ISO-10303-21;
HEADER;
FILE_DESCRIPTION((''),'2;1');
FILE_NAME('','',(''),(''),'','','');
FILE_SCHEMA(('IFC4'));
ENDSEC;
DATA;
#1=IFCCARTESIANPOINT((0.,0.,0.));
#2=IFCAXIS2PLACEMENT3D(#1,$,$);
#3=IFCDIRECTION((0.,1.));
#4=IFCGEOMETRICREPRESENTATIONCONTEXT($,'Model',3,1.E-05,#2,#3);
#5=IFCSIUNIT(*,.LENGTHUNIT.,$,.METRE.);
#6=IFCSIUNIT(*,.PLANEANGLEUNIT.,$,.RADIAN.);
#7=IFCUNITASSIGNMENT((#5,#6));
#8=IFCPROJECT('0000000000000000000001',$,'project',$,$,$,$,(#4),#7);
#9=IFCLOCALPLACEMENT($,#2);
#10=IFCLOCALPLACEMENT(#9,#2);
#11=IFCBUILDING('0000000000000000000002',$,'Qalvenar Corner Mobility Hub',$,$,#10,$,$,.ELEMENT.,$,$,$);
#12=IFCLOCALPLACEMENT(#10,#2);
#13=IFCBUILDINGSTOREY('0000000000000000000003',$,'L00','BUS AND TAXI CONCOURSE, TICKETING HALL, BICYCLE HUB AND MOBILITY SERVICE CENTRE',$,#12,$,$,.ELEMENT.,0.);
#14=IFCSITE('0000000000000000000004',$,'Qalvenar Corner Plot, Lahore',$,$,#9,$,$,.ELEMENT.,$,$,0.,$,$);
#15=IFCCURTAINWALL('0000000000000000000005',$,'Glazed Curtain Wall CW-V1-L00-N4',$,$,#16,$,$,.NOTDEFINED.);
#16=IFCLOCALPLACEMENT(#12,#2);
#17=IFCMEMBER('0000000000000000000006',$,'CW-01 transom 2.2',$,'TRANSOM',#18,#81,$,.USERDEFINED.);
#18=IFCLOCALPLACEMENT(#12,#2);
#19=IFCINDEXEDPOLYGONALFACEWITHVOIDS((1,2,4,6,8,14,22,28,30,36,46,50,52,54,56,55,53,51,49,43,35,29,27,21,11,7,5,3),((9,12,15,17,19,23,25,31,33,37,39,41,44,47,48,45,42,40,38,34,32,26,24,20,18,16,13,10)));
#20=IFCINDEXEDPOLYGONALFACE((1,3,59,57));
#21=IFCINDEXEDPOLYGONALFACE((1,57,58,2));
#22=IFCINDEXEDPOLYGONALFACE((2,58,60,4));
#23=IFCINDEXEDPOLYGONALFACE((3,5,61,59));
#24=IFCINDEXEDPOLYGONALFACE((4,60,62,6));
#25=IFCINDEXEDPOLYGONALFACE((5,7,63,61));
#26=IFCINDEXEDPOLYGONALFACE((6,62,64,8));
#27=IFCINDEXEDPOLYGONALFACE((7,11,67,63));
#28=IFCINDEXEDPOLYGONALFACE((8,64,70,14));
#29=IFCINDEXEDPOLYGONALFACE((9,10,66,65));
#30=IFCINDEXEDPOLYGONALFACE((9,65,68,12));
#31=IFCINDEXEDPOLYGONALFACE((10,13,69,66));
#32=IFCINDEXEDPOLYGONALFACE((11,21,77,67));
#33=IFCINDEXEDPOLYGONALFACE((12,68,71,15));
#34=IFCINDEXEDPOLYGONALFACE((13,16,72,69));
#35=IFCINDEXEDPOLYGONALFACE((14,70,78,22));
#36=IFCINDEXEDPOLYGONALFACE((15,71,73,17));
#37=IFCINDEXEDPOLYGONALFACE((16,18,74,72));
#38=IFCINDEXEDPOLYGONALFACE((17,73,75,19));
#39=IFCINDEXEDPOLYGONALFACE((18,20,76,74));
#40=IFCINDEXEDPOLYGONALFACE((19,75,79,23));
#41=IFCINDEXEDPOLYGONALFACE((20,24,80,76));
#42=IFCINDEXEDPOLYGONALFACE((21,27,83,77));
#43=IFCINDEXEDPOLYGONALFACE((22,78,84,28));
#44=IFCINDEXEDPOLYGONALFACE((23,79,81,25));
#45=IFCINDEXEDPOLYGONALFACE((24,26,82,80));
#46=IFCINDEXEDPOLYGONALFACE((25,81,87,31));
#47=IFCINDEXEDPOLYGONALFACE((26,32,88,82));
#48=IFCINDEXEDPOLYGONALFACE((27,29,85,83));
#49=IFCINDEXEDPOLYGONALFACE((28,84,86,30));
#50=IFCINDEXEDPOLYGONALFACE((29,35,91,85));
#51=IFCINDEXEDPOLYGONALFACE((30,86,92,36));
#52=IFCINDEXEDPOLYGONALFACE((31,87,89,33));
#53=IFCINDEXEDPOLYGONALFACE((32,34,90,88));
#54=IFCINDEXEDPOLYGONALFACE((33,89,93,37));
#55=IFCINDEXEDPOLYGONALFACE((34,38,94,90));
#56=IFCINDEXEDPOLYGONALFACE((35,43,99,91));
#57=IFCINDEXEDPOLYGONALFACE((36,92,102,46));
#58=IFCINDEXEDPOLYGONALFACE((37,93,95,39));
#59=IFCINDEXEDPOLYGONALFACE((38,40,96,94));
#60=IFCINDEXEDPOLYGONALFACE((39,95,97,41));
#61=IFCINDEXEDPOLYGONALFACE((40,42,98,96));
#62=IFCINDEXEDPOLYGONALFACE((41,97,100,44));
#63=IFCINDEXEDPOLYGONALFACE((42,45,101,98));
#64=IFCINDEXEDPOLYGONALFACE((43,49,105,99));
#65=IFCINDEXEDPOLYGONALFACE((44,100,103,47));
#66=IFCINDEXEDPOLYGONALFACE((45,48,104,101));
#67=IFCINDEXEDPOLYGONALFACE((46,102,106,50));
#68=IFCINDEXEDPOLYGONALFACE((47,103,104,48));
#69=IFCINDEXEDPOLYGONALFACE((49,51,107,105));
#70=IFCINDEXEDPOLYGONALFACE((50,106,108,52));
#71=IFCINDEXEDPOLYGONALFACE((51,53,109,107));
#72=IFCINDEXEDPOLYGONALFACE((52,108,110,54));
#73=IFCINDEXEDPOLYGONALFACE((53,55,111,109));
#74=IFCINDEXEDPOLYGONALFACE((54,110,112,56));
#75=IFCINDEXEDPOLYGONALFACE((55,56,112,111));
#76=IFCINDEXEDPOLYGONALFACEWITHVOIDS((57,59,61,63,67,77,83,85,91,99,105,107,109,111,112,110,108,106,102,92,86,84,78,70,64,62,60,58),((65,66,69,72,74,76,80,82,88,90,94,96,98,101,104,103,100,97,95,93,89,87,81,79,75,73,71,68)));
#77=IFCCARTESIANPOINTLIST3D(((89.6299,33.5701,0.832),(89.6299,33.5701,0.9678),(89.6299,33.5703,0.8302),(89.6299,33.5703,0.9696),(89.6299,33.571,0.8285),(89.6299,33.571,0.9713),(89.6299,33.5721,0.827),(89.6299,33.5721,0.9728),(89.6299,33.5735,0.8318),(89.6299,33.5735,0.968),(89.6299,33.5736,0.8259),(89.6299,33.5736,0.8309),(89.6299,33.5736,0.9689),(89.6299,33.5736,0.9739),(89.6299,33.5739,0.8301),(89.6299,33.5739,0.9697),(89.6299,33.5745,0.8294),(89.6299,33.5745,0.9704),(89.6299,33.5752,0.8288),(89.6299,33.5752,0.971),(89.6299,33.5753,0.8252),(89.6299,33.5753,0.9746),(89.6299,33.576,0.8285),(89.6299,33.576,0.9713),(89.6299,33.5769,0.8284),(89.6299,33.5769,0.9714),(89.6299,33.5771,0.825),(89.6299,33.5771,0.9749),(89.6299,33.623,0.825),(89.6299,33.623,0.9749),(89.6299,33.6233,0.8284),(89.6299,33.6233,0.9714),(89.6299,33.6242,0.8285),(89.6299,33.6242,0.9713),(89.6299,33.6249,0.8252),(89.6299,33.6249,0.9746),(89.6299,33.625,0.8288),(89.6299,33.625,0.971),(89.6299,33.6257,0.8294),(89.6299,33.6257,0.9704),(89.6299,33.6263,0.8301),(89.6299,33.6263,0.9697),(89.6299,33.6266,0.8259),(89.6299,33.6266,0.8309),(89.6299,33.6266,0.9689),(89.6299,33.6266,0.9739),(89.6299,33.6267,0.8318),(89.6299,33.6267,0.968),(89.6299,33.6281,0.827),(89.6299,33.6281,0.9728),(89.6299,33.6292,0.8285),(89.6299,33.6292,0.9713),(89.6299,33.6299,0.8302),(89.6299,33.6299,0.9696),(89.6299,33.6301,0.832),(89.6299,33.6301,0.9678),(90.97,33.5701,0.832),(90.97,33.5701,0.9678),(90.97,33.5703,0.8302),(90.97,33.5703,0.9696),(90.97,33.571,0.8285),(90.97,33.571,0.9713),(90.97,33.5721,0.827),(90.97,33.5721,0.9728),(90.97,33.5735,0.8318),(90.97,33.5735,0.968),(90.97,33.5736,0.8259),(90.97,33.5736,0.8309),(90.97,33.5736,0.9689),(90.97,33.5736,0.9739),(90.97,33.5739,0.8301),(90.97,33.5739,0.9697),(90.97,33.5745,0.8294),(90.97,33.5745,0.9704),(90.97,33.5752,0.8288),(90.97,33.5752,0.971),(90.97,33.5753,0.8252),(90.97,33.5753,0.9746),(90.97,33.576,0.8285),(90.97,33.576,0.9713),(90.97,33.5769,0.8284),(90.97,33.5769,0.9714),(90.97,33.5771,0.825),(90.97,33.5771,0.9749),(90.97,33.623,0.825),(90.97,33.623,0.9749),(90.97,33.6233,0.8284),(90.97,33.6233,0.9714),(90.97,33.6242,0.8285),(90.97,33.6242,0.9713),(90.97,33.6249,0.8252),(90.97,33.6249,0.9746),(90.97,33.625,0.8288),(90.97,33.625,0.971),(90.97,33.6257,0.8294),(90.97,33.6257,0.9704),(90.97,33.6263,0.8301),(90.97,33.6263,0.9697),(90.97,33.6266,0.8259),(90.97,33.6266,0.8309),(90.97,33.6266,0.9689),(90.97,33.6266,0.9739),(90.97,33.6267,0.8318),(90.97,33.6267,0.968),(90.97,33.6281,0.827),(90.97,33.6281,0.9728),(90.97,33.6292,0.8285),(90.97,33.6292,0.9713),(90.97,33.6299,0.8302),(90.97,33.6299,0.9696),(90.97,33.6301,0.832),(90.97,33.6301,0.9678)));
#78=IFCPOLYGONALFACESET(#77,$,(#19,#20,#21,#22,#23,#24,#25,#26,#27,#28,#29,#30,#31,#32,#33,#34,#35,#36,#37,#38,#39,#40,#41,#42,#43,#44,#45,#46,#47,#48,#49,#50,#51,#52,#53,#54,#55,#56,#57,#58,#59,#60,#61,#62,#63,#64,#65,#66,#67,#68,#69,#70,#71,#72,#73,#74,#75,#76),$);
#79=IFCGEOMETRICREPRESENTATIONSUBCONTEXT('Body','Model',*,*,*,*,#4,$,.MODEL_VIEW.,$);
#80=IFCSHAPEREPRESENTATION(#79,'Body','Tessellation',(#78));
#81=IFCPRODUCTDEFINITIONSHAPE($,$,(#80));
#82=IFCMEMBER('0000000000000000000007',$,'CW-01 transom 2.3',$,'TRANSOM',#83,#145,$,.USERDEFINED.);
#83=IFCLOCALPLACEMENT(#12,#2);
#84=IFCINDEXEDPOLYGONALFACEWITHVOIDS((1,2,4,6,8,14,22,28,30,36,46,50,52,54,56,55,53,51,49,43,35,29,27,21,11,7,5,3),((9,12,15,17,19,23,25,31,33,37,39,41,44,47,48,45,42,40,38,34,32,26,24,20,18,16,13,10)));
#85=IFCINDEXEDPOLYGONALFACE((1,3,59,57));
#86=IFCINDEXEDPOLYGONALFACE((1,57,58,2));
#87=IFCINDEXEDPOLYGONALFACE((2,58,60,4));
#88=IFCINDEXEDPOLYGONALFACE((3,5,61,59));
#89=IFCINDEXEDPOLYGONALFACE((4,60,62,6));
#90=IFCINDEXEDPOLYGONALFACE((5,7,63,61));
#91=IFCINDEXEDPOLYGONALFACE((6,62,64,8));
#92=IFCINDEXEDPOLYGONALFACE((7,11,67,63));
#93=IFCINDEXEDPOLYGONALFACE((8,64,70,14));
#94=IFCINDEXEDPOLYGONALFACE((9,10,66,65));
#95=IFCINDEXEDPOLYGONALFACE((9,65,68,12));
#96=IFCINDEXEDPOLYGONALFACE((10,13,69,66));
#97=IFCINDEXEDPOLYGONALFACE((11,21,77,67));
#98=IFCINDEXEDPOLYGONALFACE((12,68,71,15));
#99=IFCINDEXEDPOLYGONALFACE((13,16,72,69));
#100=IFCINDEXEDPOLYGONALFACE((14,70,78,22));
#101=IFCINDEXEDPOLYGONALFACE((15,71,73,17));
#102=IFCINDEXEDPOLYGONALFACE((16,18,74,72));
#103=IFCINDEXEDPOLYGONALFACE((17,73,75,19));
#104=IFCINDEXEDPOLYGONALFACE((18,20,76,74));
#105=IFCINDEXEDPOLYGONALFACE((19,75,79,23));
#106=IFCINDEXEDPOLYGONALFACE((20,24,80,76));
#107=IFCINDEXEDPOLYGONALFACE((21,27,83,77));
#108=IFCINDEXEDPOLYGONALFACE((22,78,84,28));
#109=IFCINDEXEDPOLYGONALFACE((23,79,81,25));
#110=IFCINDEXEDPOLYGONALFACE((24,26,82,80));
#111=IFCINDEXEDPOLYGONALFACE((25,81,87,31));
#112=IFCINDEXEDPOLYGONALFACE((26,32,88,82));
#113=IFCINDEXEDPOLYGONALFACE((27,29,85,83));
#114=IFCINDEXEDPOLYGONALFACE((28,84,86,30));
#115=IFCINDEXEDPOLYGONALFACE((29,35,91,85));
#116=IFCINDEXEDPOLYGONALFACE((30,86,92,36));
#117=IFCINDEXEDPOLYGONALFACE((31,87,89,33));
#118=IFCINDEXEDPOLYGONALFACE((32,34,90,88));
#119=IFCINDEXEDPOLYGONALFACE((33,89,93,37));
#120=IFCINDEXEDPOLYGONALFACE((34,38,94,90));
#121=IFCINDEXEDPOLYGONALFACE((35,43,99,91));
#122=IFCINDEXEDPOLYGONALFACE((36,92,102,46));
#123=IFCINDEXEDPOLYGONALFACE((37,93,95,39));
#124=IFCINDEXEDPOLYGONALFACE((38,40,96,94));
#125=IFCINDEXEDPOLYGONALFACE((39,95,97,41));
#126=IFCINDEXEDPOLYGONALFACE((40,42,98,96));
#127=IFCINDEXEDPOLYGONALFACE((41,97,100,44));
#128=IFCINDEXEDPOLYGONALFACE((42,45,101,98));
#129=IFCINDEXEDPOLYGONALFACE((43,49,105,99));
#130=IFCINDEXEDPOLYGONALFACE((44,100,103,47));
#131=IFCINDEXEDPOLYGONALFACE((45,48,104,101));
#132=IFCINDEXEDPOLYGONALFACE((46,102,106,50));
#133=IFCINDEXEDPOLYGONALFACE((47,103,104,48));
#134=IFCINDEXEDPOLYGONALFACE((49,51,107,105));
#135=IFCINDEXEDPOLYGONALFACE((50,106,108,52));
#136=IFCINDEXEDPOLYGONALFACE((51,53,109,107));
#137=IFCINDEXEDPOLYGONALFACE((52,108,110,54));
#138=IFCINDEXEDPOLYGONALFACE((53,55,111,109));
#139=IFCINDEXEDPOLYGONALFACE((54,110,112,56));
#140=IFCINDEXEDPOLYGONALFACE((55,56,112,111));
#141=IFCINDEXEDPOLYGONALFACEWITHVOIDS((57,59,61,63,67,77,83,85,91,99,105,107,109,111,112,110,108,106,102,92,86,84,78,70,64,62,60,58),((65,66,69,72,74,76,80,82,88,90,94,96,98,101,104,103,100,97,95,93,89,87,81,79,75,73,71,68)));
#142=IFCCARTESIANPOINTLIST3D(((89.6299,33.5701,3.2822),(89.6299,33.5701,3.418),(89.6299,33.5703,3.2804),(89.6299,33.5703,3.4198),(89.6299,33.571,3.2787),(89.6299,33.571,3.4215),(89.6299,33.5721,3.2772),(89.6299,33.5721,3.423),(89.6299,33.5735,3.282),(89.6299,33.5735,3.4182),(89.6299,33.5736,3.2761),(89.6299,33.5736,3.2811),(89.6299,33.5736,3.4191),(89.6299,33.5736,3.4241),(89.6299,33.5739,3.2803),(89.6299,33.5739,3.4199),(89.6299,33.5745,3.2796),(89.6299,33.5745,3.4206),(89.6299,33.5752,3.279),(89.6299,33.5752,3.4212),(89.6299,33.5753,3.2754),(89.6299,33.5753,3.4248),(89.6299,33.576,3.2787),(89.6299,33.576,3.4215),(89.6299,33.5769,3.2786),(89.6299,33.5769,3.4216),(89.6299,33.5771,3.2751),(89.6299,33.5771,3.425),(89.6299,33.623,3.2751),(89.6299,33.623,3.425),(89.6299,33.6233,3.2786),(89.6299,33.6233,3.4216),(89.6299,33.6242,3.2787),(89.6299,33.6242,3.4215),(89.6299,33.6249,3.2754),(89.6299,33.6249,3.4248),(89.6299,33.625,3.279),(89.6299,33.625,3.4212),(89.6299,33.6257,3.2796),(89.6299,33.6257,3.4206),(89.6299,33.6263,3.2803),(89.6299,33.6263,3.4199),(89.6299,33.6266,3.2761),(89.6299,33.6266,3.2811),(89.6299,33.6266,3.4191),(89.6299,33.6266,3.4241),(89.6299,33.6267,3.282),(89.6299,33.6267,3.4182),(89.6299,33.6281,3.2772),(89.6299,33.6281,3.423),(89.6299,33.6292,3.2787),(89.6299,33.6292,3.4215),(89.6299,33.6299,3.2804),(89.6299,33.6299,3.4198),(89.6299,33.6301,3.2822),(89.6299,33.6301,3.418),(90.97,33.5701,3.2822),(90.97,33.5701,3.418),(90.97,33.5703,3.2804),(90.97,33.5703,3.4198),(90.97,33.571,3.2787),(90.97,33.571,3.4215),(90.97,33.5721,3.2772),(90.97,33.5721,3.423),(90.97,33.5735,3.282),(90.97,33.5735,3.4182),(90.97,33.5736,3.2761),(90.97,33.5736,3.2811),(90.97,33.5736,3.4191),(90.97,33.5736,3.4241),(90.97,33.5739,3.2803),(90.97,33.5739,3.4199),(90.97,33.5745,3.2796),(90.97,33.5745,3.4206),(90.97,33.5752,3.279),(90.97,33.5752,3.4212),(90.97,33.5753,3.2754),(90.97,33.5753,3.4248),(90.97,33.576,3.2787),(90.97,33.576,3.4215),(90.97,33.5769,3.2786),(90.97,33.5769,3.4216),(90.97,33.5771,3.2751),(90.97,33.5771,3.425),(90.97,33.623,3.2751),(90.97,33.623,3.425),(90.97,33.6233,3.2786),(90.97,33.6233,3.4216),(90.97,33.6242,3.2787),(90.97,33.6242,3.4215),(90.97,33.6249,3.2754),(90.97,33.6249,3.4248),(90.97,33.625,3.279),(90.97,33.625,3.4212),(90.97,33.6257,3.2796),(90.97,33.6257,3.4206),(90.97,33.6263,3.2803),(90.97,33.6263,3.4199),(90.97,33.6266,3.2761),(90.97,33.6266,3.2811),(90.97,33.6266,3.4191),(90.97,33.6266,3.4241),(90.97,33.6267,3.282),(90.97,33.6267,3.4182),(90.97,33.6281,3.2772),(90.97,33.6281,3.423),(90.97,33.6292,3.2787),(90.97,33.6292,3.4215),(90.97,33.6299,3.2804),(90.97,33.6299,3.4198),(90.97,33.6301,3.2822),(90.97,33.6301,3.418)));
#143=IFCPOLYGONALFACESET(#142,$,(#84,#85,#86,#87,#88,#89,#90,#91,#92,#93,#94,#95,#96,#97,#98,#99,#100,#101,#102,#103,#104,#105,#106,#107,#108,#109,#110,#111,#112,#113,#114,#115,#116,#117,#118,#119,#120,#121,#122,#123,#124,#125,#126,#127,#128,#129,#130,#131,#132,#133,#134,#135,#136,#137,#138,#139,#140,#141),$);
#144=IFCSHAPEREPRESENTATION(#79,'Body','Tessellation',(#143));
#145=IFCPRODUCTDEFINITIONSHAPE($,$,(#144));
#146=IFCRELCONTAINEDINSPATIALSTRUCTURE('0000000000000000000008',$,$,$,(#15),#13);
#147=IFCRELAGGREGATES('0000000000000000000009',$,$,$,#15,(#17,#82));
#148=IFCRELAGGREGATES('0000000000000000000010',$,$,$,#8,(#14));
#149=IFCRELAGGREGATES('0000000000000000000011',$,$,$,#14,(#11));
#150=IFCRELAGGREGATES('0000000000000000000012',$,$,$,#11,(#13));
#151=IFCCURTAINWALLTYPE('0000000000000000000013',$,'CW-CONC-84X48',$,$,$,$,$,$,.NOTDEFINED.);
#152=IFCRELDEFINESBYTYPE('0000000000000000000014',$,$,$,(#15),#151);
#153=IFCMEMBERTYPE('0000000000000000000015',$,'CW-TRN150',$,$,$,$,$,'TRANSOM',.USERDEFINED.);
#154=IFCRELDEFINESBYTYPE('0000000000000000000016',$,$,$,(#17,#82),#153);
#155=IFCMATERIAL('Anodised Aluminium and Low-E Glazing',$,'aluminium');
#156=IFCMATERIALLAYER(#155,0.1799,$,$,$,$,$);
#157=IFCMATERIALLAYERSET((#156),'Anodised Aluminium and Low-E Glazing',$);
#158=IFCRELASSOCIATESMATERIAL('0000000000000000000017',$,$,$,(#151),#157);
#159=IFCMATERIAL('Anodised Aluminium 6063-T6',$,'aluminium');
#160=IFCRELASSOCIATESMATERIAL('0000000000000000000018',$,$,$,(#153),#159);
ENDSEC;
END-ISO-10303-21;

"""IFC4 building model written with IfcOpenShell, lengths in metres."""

from ifc_helpers import new_model, si_unit, direction, frame, origin, origin_2d, place, context, subcontext, project, spatial, hollow_rectangle, extrude, material, layer, layer_set, material_profile, profile_set, type_object, element, aggregate, save


model = new_model("IFC4")

# Units and contexts
model_context = context("Model", 3, precision=1e-05, world=origin(), true_north=direction((0.0, 1.0)))
body_context = subcontext(model_context, "Body", "Model", "MODEL_VIEW")
ifc_project = project(units=[si_unit("LENGTHUNIT", "METRE"), si_unit("PLANEANGLEUNIT", "RADIAN")], contexts=[model_context])

# Site, building, storey
site_placement = place(None, origin())
site = spatial("IfcSite", under=ifc_project, at=site_placement, Name="Qalvenar Corner Plot, Lahore", CompositionType="ELEMENT", RefElevation=0.0)
building_placement = place(site_placement, origin())
building = spatial("IfcBuilding", under=site, at=building_placement, Name="Qalvenar Corner Mobility Hub", CompositionType="ELEMENT")
storey_placement = place(building_placement, origin())
storey = spatial("IfcBuildingStorey", under=building, at=storey_placement, Name="L00", Description="BUS AND TAXI CONCOURSE, TICKETING HALL, BICYCLE HUB AND MOBILITY SERVICE CENTRE", CompositionType="ELEMENT", Elevation=0.0)

# Curtain wall, members
ifc_material_1 = material(Name="Anodised Aluminium and Low-E Glazing", Category="aluminium")
ifc_layer_1 = layer(ifc_material_1, 0.1799)
ifc_layer_set_1 = layer_set([ifc_layer_1], Name="Anodised Aluminium and Low-E Glazing")
curtain_wall_type = type_object("IfcCurtainWallType", Name="CW-CONC-84X48", PredefinedType="NOTDEFINED", material=ifc_layer_set_1)
curtain_wall_placement = place(storey_placement, origin())
curtain_wall = element("IfcCurtainWall", 1, at=curtain_wall_placement, inside=storey, type_object=curtain_wall_type, Name="Glazed Curtain Wall CW-V1-L00-N4", PredefinedType="NOTDEFINED")
ifc_material_2 = material(Name="Anodised Aluminium 6063-T6", Category="aluminium")
ifc_material_profile_1 = material_profile(ifc_material_2, hollow_rectangle(XDim=0.0601, YDim=0.1499, WallThickness=0.0034, InnerFilletRadius=0.0034, OuterFilletRadius=0.0071, at=origin_2d()), Name="RHS150x60x3.5")
ifc_profile_set_1 = profile_set([ifc_material_profile_1], Name="Anodised Aluminium 6063-T6")
member_type_1 = type_object("IfcMemberType", Name="CW-TRN150", ElementType="TRANSOM", PredefinedType="USERDEFINED", material=ifc_profile_set_1)
member_1_placement = place(storey_placement, frame((90.97, 33.6001, 0.8999), z_axis=(-1.0, 0.0, 0.0), x_axis=(0.0, -1.0, 0.0)))
member_1 = element("IfcMember", 2, at=member_1_placement, type_object=member_type_1, Name="CW-01 transom 2.2", ObjectType="TRANSOM", PredefinedType="USERDEFINED", context=body_context, shape_type="SweptSolid", body=[
    extrude(hollow_rectangle(XDim=0.0601, YDim=0.1499, WallThickness=0.0034, InnerFilletRadius=0.0034, OuterFilletRadius=0.0071, at=origin_2d()), origin(), (0.0, 0.0, 1.0), 1.3401),
])
member_2_placement = place(storey_placement, frame((90.97, 33.6001, 3.3501), z_axis=(-1.0, 0.0, 0.0), x_axis=(0.0, -1.0, 0.0)))
member_2 = element("IfcMember", 3, at=member_2_placement, type_object=member_type_1, Name="CW-01 transom 2.3", ObjectType="TRANSOM", PredefinedType="USERDEFINED", context=body_context, shape_type="SweptSolid", body=[
    extrude(hollow_rectangle(XDim=0.0601, YDim=0.1499, WallThickness=0.0034, InnerFilletRadius=0.0034, OuterFilletRadius=0.0071, at=origin_2d()), origin(), (0.0, 0.0, 1.0), 1.3401),
])

aggregate(curtain_wall, [member_1, member_2])

save(model, "model.ifc")
